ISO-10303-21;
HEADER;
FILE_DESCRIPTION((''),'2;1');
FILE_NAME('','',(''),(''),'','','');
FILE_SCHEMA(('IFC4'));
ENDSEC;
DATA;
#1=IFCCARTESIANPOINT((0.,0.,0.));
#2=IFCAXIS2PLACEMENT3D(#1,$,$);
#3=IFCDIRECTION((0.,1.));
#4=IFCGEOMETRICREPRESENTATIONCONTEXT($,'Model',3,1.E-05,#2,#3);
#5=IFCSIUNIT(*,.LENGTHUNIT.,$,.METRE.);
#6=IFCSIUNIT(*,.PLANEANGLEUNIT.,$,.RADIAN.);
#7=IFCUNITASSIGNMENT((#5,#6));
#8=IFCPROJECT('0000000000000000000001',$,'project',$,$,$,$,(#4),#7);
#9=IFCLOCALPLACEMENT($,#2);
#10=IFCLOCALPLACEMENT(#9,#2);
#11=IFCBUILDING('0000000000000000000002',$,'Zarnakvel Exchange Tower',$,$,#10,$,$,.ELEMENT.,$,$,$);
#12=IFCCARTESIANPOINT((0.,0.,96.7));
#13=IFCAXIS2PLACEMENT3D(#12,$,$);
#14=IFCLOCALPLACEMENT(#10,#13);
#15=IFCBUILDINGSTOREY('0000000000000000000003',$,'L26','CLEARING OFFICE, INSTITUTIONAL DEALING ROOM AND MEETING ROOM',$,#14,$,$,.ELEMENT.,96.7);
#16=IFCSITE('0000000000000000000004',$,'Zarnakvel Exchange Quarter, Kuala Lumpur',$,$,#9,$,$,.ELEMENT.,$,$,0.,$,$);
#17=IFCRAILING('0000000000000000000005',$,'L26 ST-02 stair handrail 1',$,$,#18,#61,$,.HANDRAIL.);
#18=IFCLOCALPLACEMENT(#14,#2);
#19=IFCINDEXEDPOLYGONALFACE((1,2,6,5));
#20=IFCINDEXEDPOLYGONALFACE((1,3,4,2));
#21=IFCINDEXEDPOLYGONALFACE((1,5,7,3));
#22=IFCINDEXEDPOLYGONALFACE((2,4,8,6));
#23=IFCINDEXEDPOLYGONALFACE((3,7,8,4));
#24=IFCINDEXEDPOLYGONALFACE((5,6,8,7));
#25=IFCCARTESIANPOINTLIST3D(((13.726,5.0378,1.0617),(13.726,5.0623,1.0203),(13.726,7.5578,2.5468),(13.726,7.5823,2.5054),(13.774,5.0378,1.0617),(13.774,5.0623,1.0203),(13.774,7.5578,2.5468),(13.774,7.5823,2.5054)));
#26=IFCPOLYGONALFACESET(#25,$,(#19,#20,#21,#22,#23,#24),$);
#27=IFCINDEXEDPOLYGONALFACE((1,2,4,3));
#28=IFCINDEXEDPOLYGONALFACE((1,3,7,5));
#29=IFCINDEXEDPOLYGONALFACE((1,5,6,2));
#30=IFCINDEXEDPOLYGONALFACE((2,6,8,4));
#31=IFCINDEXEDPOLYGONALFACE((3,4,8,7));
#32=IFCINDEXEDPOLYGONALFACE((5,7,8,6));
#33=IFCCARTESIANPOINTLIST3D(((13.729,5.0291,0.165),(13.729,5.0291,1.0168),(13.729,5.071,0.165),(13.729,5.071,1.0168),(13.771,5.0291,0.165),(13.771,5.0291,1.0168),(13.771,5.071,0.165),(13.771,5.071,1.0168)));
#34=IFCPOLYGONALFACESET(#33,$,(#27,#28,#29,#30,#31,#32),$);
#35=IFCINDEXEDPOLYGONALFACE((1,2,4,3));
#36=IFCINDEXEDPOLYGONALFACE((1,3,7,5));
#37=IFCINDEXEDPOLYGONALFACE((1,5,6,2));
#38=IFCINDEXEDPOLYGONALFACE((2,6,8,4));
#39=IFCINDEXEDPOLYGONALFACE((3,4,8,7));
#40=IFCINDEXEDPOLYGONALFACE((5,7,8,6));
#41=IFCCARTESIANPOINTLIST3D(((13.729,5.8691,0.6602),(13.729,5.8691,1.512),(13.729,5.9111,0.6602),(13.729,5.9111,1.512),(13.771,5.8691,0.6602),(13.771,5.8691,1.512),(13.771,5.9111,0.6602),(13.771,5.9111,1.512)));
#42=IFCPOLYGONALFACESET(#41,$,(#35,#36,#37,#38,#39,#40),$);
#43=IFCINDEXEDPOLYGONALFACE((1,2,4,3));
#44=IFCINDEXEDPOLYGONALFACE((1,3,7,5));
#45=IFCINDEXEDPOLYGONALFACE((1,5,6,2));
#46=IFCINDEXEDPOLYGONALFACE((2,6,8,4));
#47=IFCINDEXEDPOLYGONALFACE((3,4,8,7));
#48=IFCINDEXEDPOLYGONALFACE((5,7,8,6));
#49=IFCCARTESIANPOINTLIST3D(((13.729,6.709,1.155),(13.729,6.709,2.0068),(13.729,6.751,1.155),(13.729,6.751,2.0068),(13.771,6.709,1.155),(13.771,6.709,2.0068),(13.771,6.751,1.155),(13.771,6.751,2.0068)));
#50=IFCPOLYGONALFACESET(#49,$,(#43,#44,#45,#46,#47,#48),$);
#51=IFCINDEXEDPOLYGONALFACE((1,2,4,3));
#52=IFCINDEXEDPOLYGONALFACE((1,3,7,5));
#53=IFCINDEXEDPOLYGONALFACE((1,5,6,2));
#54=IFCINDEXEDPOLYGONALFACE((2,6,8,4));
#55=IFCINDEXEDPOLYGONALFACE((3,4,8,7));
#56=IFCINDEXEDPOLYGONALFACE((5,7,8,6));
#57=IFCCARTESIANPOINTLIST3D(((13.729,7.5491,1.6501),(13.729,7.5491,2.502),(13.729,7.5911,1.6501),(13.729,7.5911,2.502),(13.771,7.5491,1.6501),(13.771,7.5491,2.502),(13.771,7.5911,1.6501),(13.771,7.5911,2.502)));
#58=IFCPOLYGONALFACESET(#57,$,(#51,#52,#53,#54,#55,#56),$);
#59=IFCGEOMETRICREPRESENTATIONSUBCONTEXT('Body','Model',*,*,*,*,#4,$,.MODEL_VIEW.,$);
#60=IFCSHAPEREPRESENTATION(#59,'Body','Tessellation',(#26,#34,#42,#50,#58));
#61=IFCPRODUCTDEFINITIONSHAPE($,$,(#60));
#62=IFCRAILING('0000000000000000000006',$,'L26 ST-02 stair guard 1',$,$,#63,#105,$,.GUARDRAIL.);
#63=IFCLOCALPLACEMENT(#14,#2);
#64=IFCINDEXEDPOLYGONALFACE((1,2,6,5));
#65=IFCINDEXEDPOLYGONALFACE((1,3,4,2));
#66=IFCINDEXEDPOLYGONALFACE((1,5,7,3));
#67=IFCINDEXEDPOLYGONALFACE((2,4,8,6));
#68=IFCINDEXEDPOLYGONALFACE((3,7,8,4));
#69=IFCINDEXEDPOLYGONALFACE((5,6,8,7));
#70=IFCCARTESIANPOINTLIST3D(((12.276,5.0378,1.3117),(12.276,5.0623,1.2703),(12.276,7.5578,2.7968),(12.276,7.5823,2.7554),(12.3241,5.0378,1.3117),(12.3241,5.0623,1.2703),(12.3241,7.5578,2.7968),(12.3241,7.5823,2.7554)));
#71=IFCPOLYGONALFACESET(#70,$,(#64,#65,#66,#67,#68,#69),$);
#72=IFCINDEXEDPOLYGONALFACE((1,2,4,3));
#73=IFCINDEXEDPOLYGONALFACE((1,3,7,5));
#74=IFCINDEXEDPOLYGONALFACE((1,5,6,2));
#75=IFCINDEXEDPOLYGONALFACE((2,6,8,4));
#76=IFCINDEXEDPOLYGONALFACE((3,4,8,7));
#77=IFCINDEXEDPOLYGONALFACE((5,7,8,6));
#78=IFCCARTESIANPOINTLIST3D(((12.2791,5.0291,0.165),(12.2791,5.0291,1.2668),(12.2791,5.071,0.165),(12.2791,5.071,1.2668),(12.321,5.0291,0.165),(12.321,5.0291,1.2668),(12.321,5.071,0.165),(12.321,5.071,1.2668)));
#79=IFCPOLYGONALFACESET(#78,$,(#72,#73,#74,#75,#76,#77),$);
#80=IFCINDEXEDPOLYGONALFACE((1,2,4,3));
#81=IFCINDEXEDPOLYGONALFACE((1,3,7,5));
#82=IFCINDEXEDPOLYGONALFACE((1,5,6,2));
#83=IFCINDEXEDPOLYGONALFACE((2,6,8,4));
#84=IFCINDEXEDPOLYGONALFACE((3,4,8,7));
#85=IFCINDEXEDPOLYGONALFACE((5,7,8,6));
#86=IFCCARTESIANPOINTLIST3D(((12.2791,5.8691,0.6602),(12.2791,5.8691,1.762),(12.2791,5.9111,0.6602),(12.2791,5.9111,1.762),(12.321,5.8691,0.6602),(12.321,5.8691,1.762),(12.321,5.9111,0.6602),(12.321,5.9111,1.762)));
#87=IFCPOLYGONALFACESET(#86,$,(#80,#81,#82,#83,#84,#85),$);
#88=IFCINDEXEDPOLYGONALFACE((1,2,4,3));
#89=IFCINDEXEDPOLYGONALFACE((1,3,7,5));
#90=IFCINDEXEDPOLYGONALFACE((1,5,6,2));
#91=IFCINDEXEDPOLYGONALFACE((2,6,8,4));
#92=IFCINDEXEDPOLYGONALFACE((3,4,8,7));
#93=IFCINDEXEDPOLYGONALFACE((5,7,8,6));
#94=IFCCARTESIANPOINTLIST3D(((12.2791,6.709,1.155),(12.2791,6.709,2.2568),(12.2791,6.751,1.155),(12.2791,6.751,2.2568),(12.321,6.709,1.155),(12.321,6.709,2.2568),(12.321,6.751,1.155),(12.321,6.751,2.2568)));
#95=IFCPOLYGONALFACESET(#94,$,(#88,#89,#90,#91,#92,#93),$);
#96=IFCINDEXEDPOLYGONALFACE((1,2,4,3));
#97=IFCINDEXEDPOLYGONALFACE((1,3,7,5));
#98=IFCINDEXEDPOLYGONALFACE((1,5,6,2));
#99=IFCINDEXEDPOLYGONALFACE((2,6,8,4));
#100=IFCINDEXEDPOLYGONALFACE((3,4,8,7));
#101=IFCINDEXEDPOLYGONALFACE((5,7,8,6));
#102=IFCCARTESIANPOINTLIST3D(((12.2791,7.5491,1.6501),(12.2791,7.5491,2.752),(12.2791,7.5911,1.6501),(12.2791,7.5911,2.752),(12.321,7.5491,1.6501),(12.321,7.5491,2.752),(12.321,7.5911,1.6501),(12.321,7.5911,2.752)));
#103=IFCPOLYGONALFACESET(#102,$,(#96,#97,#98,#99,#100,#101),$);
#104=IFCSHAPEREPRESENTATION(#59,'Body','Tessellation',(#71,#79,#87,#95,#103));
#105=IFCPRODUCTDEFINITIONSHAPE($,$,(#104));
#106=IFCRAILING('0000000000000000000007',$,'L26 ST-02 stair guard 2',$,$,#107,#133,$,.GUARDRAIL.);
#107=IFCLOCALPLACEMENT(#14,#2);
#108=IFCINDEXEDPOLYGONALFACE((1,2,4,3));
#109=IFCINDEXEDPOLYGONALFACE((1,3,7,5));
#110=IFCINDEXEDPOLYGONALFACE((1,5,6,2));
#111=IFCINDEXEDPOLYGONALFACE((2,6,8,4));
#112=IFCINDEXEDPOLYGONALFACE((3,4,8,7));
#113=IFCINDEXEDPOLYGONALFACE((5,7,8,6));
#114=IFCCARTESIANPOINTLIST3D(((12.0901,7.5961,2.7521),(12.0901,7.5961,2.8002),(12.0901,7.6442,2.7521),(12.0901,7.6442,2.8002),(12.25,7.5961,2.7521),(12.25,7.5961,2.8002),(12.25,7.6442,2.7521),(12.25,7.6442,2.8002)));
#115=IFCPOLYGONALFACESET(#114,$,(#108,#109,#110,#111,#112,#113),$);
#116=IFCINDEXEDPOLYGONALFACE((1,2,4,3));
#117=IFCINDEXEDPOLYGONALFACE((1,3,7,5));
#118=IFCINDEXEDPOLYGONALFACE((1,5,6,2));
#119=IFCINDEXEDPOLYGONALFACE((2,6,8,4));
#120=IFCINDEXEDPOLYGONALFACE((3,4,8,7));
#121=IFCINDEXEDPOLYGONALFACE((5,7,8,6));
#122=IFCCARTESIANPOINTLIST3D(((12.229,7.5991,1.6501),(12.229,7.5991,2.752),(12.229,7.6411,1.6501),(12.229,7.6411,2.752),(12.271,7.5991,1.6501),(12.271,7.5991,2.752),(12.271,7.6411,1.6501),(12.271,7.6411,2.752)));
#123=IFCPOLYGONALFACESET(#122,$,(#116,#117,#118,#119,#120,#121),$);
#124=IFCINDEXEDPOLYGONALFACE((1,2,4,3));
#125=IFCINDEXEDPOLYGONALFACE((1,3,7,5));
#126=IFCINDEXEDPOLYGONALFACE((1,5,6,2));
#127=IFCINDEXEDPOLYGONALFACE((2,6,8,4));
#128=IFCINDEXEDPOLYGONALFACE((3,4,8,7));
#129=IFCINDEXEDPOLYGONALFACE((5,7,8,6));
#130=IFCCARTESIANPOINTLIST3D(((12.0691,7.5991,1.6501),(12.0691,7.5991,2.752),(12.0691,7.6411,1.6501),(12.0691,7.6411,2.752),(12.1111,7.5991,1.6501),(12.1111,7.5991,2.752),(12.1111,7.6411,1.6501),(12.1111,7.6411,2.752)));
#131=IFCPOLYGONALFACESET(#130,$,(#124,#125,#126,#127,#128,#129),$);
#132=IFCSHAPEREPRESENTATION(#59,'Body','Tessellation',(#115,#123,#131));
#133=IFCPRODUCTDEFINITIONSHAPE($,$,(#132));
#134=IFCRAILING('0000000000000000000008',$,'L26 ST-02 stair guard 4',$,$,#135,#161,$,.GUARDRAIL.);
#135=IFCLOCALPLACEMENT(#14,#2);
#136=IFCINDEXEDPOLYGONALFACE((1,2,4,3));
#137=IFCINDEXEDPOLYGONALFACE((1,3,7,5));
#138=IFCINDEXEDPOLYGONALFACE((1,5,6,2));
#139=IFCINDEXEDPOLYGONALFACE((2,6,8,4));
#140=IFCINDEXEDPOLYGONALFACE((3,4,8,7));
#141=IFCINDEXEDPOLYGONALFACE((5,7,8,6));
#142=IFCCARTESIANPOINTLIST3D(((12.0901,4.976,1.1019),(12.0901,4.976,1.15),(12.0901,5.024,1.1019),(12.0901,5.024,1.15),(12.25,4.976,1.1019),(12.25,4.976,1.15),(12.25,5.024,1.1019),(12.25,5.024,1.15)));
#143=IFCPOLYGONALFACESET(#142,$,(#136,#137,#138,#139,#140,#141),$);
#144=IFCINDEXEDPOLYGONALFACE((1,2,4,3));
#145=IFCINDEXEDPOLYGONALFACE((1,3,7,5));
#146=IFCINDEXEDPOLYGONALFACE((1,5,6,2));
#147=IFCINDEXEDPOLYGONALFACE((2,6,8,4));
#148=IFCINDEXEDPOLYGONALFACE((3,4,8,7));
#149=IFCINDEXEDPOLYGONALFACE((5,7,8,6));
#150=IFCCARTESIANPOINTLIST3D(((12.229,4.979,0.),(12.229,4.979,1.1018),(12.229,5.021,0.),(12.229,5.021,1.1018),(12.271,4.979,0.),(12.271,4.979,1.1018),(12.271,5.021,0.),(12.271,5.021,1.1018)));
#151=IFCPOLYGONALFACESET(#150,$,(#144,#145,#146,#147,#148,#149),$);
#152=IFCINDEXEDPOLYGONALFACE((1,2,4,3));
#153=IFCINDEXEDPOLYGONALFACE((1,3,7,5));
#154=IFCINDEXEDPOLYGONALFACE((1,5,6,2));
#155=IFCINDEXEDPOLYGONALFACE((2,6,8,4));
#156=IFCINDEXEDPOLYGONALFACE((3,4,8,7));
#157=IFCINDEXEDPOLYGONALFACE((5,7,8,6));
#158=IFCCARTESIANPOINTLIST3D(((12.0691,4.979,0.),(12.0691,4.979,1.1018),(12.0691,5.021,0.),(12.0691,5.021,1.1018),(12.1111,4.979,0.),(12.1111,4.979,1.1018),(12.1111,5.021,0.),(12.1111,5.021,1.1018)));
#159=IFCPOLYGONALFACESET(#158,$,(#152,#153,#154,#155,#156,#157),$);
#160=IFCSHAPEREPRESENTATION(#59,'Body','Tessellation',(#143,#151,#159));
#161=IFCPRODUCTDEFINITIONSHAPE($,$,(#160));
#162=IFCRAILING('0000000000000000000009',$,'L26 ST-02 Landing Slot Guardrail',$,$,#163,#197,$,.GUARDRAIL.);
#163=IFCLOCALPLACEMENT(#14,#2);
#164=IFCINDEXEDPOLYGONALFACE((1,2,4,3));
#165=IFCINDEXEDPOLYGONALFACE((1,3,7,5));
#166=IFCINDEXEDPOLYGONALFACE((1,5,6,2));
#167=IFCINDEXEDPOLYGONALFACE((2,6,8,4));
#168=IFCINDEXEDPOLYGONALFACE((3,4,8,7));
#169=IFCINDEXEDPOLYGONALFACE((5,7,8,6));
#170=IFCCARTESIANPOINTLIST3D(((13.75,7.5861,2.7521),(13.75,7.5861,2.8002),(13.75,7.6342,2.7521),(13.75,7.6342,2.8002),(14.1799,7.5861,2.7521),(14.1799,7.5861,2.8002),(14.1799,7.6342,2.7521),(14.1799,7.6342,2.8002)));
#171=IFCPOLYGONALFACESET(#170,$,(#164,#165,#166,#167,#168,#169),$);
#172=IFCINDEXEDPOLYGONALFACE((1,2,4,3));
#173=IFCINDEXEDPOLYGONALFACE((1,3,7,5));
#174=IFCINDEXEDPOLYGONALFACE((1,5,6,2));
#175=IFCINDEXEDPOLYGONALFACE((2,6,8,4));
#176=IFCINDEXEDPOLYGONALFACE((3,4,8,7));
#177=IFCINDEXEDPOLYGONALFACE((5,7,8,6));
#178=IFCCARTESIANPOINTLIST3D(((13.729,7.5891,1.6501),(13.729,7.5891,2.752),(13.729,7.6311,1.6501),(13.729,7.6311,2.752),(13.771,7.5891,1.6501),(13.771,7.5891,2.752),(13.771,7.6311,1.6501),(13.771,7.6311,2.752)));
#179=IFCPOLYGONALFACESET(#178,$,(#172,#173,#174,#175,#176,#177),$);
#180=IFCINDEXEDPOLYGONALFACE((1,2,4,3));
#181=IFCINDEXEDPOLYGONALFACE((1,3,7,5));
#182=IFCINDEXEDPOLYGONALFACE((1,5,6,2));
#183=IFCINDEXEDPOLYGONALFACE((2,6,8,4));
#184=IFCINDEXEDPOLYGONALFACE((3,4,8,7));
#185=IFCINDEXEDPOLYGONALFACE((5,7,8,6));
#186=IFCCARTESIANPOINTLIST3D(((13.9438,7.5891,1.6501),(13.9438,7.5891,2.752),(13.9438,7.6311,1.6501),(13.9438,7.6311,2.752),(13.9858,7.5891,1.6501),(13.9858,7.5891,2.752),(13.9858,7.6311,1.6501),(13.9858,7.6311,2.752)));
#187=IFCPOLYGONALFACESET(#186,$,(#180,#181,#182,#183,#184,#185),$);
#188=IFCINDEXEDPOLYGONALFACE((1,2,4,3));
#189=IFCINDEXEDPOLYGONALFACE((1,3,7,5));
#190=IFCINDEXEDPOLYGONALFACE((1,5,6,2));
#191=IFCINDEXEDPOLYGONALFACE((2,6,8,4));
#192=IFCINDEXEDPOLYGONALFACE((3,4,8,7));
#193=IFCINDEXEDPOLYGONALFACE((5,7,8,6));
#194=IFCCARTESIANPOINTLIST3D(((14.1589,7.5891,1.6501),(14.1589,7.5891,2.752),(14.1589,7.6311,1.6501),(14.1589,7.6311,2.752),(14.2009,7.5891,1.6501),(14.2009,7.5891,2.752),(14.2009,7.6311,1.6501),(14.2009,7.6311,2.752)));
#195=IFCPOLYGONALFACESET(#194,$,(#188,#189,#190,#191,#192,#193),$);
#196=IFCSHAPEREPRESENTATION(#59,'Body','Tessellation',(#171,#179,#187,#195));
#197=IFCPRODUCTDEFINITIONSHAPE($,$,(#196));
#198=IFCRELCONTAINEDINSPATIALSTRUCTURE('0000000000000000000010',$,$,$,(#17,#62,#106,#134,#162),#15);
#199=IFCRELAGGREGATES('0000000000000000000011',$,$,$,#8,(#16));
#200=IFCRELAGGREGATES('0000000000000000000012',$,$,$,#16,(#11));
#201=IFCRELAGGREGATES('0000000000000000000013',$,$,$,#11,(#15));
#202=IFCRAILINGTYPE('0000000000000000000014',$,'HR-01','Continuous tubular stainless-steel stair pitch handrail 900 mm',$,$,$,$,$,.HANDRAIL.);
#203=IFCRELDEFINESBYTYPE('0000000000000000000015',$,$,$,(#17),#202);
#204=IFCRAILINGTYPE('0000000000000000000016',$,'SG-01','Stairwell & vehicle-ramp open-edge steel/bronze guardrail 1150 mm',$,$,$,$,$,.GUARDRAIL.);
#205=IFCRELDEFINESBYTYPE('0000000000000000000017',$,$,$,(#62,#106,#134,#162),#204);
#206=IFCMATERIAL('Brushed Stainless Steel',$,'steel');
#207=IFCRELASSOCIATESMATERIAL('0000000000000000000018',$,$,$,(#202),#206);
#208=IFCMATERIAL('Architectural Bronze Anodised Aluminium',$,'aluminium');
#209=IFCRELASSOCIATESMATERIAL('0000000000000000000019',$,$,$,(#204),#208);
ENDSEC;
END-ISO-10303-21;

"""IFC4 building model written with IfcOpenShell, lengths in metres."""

from ifc_helpers import new_model, si_unit, direction, frame, origin, origin_2d, place, context, subcontext, project, spatial, rectangle, extrude, material, type_object, element, save


model = new_model("IFC4")

# Units and contexts
model_context = context("Model", 3, precision=1e-05, world=origin(), true_north=direction((0.0, 1.0)))
body_context = subcontext(model_context, "Body", "Model", "MODEL_VIEW")
ifc_project = project(units=[si_unit("LENGTHUNIT", "METRE"), si_unit("PLANEANGLEUNIT", "RADIAN")], contexts=[model_context])

# Site, building, storey
site_placement = place(None, origin())
site = spatial("IfcSite", under=ifc_project, at=site_placement, Name="Zarnakvel Exchange Quarter, Kuala Lumpur", CompositionType="ELEMENT", RefElevation=0.0)
building_placement = place(site_placement, origin())
building = spatial("IfcBuilding", under=site, at=building_placement, Name="Zarnakvel Exchange Tower", CompositionType="ELEMENT")
storey_placement = place(building_placement, frame((0.0, 0.0, 96.7)))
storey = spatial("IfcBuildingStorey", under=building, at=storey_placement, Name="L26", Description="CLEARING OFFICE, INSTITUTIONAL DEALING ROOM AND MEETING ROOM", CompositionType="ELEMENT", Elevation=96.7)

# Shared definitions
ifc_material_1 = material(Name="Architectural Bronze Anodised Aluminium", Category="aluminium")

# Railings
ifc_material_2 = material(Name="Brushed Stainless Steel", Category="steel")
railing_type_1 = type_object("IfcRailingType", Name="HR-01", Description="Continuous tubular stainless-steel stair pitch handrail 900 mm", PredefinedType="HANDRAIL", material=ifc_material_2)
railing_1_placement = place(storey_placement, frame((13.75, 5.05, 0.165)))
element("IfcRailing", 1, at=railing_1_placement, inside=storey, type_object=railing_type_1, Name="L26 ST-02 stair handrail 1", PredefinedType="HANDRAIL", context=body_context, shape_type="SweptSolid", body=[
    extrude(rectangle(XDim=0.0481, YDim=0.0481, at=origin_2d()), frame((0.0, 0.0, 0.876), z_axis=(0.0, 0.861524, 0.507717), x_axis=(-1.0, 0.0, 0.0)), (0.0, 0.0, 1.0), 2.925),
    extrude(rectangle(XDim=0.042, YDim=0.042, at=origin_2d()), origin(), (0.0, 0.0, 1.0), 0.8518),
    extrude(rectangle(XDim=0.042, YDim=0.042, at=origin_2d()), frame((0.0, 0.8401, 0.4951)), (0.0, 0.0, 1.0), 0.8518),
    extrude(rectangle(XDim=0.042, YDim=0.042, at=origin_2d()), frame((0.0, 1.6799, 0.99)), (0.0, 0.0, 1.0), 0.8518),
    extrude(rectangle(XDim=0.042, YDim=0.042, at=origin_2d()), frame((0.0, 2.52, 1.4851)), (0.0, 0.0, 1.0), 0.8518),
])
railing_type_2 = type_object("IfcRailingType", Name="SG-01", Description="Stairwell & vehicle-ramp open-edge steel/bronze guardrail 1150 mm", PredefinedType="GUARDRAIL", material=ifc_material_1)
railing_2_placement = place(storey_placement, frame((12.3, 5.05, 0.165)))
element("IfcRailing", 2, at=railing_2_placement, inside=storey, type_object=railing_type_2, Name="L26 ST-02 stair guard 1", PredefinedType="GUARDRAIL", context=body_context, shape_type="SweptSolid", body=[
    extrude(rectangle(XDim=0.0481, YDim=0.0481, at=origin_2d()), frame((0.0, 0.0, 1.126), z_axis=(0.0, 0.861524, 0.507717), x_axis=(-1.0, 0.0, 0.0)), (0.0, 0.0, 1.0), 2.925),
    extrude(rectangle(XDim=0.042, YDim=0.042, at=origin_2d()), origin(), (0.0, 0.0, 1.0), 1.1018),
    extrude(rectangle(XDim=0.042, YDim=0.042, at=origin_2d()), frame((0.0, 0.8401, 0.4951)), (0.0, 0.0, 1.0), 1.1018),
    extrude(rectangle(XDim=0.042, YDim=0.042, at=origin_2d()), frame((0.0, 1.6799, 0.99)), (0.0, 0.0, 1.0), 1.1018),
    extrude(rectangle(XDim=0.042, YDim=0.042, at=origin_2d()), frame((0.0, 2.52, 1.4851)), (0.0, 0.0, 1.0), 1.1018),
])
for number, where, name in (
    (3, (12.25, 7.6201, 1.6501), "L26 ST-02 stair guard 2"),
    (4, (12.25, 5.0, 0.0), "L26 ST-02 stair guard 4"),
):
    element("IfcRailing", number, at=place(storey_placement, frame(where)), inside=storey, type_object=railing_type_2, Name=name, PredefinedType="GUARDRAIL", context=body_context, shape_type="SweptSolid", body=[
        extrude(rectangle(XDim=0.0481, YDim=0.0481, at=origin_2d()), frame((0.0, 0.0, 1.126), z_axis=(-1.0, 0.0, 0.0), x_axis=(0.0, -1.0, 0.0)), (0.0, 0.0, 1.0), 0.1599),
        extrude(rectangle(XDim=0.042, YDim=0.042, at=origin_2d()), origin(), (0.0, 0.0, 1.0), 1.1018),
        extrude(rectangle(XDim=0.042, YDim=0.042, at=origin_2d()), frame((-0.1599, 0.0, 0.0)), (0.0, 0.0, 1.0), 1.1018),
    ])
railing_3_placement = place(storey_placement, frame((13.75, 7.6101, 1.6501)))
element("IfcRailing", 5, at=railing_3_placement, inside=storey, type_object=railing_type_2, Name="L26 ST-02 Landing Slot Guardrail", PredefinedType="GUARDRAIL", context=body_context, shape_type="SweptSolid", body=[
    extrude(rectangle(XDim=0.0481, YDim=0.0481, at=origin_2d()), frame((0.0, 0.0, 1.126), z_axis=(1.0, 0.0, 0.0), x_axis=(0.0, 1.0, 0.0)), (0.0, 0.0, 1.0), 0.4299),
    extrude(rectangle(XDim=0.042, YDim=0.042, at=origin_2d()), origin(), (0.0, 0.0, 1.0), 1.1018),
    extrude(rectangle(XDim=0.042, YDim=0.042, at=origin_2d()), frame((0.2148, 0.0, 0.0)), (0.0, 0.0, 1.0), 1.1018),
    extrude(rectangle(XDim=0.042, YDim=0.042, at=origin_2d()), frame((0.4299, 0.0, 0.0)), (0.0, 0.0, 1.0), 1.1018),
])

save(model, "model.ifc")
